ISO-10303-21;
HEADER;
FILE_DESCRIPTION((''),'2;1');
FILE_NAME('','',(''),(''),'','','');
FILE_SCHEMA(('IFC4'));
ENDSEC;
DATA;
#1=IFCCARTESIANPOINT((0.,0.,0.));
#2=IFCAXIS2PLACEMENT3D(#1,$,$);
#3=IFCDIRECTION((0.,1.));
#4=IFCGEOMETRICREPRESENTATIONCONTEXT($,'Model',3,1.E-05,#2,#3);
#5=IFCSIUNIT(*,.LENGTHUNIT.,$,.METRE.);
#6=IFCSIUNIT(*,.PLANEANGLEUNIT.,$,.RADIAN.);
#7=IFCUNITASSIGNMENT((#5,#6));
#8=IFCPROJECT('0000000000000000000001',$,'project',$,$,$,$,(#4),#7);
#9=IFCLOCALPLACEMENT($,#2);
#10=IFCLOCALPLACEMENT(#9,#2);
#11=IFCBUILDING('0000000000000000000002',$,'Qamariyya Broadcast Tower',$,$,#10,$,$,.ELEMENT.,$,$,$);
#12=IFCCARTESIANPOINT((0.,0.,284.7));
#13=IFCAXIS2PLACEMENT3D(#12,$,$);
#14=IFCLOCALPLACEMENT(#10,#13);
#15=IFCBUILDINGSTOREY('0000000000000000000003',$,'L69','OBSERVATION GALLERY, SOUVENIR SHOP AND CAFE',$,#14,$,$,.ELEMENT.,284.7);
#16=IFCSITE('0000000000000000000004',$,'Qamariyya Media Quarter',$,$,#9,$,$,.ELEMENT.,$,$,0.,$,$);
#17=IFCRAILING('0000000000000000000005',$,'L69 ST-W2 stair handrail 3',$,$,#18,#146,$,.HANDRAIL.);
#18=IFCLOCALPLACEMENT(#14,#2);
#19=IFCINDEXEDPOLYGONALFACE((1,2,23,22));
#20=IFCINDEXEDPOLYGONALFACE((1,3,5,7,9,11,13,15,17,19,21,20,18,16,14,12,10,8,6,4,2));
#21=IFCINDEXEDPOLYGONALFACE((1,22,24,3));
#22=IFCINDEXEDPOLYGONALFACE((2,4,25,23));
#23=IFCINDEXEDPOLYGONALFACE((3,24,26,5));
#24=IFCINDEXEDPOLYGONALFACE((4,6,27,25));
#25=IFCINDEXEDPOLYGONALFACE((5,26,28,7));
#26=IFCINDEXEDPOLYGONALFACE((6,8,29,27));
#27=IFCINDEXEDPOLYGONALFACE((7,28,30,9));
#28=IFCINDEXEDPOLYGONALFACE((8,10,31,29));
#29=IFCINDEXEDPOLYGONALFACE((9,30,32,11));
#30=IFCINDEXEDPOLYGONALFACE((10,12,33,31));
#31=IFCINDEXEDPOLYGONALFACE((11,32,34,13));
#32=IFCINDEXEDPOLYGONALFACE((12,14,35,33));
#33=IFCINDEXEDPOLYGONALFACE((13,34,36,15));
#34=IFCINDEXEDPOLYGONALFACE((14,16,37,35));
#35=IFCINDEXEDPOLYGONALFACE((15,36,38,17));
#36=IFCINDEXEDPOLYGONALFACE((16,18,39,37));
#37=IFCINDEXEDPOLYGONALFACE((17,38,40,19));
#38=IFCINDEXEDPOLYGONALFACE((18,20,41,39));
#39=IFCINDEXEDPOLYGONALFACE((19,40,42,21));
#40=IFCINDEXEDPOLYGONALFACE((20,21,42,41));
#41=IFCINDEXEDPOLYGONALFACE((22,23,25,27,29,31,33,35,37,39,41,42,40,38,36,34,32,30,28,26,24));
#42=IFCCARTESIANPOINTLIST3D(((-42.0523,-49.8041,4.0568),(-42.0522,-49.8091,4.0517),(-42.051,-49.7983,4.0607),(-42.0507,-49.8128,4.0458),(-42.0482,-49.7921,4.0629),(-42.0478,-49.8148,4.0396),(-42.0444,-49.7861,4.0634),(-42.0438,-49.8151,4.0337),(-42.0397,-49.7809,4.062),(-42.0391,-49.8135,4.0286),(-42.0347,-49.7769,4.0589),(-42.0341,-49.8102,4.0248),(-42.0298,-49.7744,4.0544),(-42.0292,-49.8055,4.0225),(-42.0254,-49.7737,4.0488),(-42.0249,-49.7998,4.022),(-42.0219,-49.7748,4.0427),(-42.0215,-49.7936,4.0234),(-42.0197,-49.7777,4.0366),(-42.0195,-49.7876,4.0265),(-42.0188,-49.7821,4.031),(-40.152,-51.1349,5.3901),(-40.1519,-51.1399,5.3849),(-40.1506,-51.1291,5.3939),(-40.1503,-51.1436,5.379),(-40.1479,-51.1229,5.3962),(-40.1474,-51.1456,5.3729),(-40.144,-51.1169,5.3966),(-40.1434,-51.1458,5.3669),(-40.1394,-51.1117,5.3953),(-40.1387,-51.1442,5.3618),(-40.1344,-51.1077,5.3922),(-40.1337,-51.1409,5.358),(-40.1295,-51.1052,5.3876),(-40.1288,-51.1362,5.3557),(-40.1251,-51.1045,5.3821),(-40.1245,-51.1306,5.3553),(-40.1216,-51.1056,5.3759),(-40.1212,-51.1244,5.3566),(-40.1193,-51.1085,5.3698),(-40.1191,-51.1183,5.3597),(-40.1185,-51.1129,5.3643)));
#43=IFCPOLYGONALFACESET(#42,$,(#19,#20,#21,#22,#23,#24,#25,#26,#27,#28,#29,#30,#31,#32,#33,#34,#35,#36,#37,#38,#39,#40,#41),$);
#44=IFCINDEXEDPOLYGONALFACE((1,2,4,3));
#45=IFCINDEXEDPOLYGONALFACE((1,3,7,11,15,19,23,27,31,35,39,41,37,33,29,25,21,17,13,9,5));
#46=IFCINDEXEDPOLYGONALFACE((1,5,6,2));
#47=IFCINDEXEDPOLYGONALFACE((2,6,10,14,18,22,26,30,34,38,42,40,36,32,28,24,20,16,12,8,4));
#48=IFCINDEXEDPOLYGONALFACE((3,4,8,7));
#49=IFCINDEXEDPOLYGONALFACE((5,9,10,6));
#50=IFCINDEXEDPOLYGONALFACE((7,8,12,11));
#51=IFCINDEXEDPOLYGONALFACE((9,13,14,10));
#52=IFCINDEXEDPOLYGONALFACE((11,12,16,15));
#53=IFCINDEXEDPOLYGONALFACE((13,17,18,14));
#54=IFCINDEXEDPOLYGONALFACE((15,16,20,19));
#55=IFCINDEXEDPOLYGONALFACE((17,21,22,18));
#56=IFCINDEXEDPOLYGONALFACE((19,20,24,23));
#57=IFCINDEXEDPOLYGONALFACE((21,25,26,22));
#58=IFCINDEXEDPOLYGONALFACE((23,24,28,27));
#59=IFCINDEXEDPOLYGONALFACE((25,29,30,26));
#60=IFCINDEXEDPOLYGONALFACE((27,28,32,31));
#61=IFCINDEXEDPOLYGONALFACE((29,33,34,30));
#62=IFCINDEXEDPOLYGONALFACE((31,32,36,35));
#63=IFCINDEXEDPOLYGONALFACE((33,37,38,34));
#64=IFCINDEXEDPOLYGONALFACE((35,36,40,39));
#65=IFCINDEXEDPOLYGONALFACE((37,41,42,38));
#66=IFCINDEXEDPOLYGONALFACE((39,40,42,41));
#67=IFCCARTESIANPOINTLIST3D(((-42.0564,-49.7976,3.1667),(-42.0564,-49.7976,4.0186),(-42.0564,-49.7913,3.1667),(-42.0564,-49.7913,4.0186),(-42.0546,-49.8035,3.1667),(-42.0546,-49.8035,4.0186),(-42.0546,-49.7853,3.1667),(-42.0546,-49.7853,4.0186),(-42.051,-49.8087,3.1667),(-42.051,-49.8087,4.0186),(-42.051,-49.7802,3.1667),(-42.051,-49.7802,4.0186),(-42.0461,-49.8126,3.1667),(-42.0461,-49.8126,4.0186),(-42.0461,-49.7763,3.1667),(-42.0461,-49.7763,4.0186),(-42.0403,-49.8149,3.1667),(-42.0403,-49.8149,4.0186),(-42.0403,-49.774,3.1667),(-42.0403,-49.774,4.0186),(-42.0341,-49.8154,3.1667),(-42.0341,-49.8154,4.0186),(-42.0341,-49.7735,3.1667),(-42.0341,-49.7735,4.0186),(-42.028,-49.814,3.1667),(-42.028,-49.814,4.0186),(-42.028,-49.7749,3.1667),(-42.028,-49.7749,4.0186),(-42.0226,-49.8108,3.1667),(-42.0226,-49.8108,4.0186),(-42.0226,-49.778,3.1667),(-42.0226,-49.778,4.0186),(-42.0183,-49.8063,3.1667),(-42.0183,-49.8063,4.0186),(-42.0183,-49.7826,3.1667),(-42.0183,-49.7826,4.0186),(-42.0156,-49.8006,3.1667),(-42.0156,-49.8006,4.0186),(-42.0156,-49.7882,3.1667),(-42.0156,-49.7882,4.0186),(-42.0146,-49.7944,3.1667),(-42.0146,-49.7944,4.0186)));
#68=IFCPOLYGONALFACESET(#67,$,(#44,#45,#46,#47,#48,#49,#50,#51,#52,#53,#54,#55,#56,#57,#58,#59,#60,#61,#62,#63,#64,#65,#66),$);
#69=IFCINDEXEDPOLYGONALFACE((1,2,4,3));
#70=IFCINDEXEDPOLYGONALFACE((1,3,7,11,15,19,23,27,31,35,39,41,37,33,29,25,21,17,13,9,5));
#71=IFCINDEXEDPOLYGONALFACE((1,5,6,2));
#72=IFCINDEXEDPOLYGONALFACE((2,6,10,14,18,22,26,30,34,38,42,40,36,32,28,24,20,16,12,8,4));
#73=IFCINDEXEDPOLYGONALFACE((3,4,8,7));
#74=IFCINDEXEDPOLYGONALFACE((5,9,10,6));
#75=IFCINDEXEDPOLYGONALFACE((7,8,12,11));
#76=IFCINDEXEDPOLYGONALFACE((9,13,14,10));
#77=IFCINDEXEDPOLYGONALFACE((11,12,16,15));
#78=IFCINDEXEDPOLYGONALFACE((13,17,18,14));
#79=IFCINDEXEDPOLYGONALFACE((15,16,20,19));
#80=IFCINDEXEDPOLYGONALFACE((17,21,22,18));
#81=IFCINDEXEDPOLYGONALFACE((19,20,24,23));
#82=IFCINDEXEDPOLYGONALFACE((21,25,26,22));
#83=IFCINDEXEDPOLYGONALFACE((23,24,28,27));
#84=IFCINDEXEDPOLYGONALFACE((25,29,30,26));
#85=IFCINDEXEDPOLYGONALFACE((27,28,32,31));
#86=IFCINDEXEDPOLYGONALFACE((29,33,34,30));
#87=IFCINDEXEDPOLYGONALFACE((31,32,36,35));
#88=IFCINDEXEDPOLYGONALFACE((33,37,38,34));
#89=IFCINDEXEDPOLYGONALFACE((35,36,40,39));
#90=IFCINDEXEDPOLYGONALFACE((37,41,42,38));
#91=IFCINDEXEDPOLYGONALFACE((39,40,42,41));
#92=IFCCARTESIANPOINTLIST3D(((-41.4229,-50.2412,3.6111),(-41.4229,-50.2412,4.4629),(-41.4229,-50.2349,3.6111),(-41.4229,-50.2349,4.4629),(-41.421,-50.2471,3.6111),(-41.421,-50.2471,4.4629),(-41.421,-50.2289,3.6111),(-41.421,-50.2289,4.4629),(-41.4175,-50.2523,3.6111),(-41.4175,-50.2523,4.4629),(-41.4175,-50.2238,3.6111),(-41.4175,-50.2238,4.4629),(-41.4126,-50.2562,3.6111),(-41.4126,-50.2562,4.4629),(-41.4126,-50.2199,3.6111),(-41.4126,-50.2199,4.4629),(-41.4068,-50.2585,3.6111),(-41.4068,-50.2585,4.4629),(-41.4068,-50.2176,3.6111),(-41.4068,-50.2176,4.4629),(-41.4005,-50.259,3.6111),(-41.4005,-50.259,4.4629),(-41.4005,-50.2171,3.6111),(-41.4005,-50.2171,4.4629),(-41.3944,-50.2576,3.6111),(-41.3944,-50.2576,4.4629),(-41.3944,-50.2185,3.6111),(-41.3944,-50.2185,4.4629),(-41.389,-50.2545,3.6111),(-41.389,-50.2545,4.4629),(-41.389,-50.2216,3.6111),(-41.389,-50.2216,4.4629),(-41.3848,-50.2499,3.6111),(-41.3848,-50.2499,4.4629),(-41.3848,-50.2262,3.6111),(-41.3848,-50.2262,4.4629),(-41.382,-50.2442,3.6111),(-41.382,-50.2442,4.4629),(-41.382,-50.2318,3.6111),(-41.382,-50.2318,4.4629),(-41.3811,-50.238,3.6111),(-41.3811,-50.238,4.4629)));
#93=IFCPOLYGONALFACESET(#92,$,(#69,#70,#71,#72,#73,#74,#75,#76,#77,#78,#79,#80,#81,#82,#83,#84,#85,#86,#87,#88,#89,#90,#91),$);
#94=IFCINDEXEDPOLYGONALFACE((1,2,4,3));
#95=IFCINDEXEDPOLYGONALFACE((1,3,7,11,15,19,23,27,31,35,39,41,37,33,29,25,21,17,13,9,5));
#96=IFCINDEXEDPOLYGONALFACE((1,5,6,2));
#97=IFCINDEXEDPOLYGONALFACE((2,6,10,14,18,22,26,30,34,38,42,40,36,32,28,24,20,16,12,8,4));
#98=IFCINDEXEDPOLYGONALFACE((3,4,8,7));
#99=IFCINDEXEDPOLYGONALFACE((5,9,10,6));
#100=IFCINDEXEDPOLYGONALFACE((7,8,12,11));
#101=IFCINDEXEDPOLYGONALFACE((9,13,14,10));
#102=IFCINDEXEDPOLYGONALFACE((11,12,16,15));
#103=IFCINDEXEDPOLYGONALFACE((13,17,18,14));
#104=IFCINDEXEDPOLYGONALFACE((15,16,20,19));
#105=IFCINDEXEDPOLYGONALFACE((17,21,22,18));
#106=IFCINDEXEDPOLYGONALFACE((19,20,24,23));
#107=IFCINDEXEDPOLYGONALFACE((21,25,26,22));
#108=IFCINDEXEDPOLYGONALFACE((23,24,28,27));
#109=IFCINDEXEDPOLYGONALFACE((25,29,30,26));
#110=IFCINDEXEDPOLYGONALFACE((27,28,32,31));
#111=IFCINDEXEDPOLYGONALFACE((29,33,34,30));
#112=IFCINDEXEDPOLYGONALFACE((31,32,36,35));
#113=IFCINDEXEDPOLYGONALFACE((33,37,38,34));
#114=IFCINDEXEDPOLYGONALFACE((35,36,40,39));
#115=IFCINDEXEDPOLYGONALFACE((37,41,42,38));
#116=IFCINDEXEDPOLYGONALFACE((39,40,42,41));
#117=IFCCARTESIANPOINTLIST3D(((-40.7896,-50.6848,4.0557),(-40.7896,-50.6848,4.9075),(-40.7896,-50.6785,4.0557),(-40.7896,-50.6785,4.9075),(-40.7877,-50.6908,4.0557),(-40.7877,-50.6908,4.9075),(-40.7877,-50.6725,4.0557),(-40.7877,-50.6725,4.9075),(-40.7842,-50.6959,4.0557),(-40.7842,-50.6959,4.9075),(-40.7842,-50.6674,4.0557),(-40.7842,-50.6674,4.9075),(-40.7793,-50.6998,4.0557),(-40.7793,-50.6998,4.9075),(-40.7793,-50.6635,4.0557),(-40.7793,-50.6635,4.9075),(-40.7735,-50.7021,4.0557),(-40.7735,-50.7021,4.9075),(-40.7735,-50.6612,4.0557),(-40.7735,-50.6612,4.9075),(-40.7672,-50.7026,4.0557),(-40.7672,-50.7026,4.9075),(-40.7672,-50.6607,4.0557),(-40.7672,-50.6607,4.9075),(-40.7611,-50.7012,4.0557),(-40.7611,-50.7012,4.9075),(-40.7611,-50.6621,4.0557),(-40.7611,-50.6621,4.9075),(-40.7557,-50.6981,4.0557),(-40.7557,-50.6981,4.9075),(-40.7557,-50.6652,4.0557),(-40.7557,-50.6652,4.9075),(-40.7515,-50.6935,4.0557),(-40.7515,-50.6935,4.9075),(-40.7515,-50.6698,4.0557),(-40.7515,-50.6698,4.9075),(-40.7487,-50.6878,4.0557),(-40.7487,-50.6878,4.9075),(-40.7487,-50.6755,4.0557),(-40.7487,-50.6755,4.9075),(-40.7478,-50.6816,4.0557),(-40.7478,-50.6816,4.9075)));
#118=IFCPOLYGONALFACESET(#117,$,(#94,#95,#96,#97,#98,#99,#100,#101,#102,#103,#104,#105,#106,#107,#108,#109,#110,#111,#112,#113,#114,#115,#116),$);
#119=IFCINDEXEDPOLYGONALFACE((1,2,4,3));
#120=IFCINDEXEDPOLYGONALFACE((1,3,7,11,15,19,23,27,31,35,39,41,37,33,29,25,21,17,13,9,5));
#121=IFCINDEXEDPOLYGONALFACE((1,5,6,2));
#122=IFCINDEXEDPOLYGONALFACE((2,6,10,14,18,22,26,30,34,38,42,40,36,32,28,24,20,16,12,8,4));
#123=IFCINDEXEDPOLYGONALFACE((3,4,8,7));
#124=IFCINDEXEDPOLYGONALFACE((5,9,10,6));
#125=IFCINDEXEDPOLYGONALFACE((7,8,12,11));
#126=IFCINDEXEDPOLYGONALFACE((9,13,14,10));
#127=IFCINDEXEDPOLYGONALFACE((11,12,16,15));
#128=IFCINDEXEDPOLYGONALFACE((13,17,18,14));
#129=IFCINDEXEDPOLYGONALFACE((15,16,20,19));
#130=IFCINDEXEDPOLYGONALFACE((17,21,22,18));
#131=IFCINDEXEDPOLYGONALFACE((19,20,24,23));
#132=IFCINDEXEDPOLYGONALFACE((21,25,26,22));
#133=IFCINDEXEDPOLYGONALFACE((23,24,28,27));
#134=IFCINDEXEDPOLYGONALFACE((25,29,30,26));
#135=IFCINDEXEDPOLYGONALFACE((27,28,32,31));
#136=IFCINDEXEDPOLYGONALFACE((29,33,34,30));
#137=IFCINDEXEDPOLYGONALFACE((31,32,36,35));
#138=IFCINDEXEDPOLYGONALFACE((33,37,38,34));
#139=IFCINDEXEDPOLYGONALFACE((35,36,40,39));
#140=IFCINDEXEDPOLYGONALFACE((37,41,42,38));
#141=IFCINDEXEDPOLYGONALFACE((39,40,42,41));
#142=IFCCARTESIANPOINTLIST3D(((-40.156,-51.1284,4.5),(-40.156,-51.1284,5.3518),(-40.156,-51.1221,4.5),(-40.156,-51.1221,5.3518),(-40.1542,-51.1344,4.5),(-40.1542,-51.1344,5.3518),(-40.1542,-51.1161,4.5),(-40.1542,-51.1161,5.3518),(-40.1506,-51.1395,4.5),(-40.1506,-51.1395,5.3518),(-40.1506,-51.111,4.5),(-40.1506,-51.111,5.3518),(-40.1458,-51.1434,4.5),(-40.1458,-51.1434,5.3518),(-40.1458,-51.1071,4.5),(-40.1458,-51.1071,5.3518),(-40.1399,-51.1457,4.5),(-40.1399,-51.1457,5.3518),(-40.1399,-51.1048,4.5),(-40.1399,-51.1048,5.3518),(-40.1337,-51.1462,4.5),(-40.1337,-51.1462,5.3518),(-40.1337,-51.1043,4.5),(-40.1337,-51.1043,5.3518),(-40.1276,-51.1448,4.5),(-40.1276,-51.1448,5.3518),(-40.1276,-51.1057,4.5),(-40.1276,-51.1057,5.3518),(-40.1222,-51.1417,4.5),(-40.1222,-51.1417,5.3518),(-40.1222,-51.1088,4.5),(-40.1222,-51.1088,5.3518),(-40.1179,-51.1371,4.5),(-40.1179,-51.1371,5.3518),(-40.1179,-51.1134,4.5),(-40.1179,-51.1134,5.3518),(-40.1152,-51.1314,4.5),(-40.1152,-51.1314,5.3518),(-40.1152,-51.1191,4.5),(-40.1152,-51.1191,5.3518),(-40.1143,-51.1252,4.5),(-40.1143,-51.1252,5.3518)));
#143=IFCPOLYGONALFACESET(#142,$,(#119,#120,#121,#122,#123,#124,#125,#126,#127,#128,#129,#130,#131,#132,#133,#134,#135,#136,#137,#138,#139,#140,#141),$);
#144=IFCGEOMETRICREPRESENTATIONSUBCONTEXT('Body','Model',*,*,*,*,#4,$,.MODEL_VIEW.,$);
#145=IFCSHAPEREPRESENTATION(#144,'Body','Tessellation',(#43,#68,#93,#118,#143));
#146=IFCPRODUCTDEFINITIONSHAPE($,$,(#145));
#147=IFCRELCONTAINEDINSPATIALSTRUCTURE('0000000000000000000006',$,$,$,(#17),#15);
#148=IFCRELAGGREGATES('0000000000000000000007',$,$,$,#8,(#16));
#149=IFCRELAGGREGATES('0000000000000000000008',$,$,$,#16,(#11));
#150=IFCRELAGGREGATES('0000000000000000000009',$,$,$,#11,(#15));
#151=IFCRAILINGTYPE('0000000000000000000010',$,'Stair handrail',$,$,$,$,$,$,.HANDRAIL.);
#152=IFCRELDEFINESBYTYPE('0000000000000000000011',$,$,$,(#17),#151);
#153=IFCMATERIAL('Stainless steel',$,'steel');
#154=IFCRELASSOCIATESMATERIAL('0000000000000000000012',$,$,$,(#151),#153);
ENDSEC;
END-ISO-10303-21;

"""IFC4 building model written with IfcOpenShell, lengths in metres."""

from ifc_helpers import new_model, si_unit, direction, frame, origin, origin_2d, place, context, subcontext, project, spatial, circle, extrude, material, type_object, element, save


model = new_model("IFC4")

# Units and contexts
model_context = context("Model", 3, precision=1e-05, world=origin(), true_north=direction((0.0, 1.0)))
body_context = subcontext(model_context, "Body", "Model", "MODEL_VIEW")
ifc_project = project(units=[si_unit("LENGTHUNIT", "METRE"), si_unit("PLANEANGLEUNIT", "RADIAN")], contexts=[model_context])

# Site, building, storey
site_placement = place(None, origin())
site = spatial("IfcSite", under=ifc_project, at=site_placement, Name="Qamariyya Media Quarter", CompositionType="ELEMENT", RefElevation=0.0)
building_placement = place(site_placement, origin())
building = spatial("IfcBuilding", under=site, at=building_placement, Name="Qamariyya Broadcast Tower", CompositionType="ELEMENT")
storey_placement = place(building_placement, frame((0.0, 0.0, 284.7)))
storey = spatial("IfcBuildingStorey", under=building, at=storey_placement, Name="L69", Description="OBSERVATION GALLERY, SOUVENIR SHOP AND CAFE", CompositionType="ELEMENT", Elevation=284.7)

# Railing
ifc_material_1 = material(Name="Stainless steel", Category="steel")
railing_type_1 = type_object("IfcRailingType", Name="Stair handrail", PredefinedType="HANDRAIL", material=ifc_material_1)
railing_1_placement = place(storey_placement, frame((-42.0356, -49.7944, 3.1667)))
element("IfcRailing", 1, at=railing_1_placement, inside=storey, type_object=railing_type_1, Name="L69 ST-W2 stair handrail 3", PredefinedType="HANDRAIL", context=body_context, shape_type="SweptSolid", body=[
    extrude(circle(Radius=0.0239, at=origin_2d()), frame((0.0, 0.0, 0.876), z_axis=(0.710204, -0.497344, 0.498256), x_axis=(0.573618, 0.819123, 0.0)), (0.0, 0.0, 1.0), 2.6758),
    extrude(circle(Radius=0.021, at=origin_2d()), origin(), (0.0, 0.0, 1.0), 0.8518),
    extrude(circle(Radius=0.021, at=origin_2d()), frame((0.6335, -0.4436, 0.4443)), (0.0, 0.0, 1.0), 0.8518),
    extrude(circle(Radius=0.021, at=origin_2d()), frame((1.2668, -0.8872, 0.8889)), (0.0, 0.0, 1.0), 0.8518),
    extrude(circle(Radius=0.021, at=origin_2d()), frame((1.9004, -1.3308, 1.3333)), (0.0, 0.0, 1.0), 0.8518),
])

save(model, "model.ifc")
